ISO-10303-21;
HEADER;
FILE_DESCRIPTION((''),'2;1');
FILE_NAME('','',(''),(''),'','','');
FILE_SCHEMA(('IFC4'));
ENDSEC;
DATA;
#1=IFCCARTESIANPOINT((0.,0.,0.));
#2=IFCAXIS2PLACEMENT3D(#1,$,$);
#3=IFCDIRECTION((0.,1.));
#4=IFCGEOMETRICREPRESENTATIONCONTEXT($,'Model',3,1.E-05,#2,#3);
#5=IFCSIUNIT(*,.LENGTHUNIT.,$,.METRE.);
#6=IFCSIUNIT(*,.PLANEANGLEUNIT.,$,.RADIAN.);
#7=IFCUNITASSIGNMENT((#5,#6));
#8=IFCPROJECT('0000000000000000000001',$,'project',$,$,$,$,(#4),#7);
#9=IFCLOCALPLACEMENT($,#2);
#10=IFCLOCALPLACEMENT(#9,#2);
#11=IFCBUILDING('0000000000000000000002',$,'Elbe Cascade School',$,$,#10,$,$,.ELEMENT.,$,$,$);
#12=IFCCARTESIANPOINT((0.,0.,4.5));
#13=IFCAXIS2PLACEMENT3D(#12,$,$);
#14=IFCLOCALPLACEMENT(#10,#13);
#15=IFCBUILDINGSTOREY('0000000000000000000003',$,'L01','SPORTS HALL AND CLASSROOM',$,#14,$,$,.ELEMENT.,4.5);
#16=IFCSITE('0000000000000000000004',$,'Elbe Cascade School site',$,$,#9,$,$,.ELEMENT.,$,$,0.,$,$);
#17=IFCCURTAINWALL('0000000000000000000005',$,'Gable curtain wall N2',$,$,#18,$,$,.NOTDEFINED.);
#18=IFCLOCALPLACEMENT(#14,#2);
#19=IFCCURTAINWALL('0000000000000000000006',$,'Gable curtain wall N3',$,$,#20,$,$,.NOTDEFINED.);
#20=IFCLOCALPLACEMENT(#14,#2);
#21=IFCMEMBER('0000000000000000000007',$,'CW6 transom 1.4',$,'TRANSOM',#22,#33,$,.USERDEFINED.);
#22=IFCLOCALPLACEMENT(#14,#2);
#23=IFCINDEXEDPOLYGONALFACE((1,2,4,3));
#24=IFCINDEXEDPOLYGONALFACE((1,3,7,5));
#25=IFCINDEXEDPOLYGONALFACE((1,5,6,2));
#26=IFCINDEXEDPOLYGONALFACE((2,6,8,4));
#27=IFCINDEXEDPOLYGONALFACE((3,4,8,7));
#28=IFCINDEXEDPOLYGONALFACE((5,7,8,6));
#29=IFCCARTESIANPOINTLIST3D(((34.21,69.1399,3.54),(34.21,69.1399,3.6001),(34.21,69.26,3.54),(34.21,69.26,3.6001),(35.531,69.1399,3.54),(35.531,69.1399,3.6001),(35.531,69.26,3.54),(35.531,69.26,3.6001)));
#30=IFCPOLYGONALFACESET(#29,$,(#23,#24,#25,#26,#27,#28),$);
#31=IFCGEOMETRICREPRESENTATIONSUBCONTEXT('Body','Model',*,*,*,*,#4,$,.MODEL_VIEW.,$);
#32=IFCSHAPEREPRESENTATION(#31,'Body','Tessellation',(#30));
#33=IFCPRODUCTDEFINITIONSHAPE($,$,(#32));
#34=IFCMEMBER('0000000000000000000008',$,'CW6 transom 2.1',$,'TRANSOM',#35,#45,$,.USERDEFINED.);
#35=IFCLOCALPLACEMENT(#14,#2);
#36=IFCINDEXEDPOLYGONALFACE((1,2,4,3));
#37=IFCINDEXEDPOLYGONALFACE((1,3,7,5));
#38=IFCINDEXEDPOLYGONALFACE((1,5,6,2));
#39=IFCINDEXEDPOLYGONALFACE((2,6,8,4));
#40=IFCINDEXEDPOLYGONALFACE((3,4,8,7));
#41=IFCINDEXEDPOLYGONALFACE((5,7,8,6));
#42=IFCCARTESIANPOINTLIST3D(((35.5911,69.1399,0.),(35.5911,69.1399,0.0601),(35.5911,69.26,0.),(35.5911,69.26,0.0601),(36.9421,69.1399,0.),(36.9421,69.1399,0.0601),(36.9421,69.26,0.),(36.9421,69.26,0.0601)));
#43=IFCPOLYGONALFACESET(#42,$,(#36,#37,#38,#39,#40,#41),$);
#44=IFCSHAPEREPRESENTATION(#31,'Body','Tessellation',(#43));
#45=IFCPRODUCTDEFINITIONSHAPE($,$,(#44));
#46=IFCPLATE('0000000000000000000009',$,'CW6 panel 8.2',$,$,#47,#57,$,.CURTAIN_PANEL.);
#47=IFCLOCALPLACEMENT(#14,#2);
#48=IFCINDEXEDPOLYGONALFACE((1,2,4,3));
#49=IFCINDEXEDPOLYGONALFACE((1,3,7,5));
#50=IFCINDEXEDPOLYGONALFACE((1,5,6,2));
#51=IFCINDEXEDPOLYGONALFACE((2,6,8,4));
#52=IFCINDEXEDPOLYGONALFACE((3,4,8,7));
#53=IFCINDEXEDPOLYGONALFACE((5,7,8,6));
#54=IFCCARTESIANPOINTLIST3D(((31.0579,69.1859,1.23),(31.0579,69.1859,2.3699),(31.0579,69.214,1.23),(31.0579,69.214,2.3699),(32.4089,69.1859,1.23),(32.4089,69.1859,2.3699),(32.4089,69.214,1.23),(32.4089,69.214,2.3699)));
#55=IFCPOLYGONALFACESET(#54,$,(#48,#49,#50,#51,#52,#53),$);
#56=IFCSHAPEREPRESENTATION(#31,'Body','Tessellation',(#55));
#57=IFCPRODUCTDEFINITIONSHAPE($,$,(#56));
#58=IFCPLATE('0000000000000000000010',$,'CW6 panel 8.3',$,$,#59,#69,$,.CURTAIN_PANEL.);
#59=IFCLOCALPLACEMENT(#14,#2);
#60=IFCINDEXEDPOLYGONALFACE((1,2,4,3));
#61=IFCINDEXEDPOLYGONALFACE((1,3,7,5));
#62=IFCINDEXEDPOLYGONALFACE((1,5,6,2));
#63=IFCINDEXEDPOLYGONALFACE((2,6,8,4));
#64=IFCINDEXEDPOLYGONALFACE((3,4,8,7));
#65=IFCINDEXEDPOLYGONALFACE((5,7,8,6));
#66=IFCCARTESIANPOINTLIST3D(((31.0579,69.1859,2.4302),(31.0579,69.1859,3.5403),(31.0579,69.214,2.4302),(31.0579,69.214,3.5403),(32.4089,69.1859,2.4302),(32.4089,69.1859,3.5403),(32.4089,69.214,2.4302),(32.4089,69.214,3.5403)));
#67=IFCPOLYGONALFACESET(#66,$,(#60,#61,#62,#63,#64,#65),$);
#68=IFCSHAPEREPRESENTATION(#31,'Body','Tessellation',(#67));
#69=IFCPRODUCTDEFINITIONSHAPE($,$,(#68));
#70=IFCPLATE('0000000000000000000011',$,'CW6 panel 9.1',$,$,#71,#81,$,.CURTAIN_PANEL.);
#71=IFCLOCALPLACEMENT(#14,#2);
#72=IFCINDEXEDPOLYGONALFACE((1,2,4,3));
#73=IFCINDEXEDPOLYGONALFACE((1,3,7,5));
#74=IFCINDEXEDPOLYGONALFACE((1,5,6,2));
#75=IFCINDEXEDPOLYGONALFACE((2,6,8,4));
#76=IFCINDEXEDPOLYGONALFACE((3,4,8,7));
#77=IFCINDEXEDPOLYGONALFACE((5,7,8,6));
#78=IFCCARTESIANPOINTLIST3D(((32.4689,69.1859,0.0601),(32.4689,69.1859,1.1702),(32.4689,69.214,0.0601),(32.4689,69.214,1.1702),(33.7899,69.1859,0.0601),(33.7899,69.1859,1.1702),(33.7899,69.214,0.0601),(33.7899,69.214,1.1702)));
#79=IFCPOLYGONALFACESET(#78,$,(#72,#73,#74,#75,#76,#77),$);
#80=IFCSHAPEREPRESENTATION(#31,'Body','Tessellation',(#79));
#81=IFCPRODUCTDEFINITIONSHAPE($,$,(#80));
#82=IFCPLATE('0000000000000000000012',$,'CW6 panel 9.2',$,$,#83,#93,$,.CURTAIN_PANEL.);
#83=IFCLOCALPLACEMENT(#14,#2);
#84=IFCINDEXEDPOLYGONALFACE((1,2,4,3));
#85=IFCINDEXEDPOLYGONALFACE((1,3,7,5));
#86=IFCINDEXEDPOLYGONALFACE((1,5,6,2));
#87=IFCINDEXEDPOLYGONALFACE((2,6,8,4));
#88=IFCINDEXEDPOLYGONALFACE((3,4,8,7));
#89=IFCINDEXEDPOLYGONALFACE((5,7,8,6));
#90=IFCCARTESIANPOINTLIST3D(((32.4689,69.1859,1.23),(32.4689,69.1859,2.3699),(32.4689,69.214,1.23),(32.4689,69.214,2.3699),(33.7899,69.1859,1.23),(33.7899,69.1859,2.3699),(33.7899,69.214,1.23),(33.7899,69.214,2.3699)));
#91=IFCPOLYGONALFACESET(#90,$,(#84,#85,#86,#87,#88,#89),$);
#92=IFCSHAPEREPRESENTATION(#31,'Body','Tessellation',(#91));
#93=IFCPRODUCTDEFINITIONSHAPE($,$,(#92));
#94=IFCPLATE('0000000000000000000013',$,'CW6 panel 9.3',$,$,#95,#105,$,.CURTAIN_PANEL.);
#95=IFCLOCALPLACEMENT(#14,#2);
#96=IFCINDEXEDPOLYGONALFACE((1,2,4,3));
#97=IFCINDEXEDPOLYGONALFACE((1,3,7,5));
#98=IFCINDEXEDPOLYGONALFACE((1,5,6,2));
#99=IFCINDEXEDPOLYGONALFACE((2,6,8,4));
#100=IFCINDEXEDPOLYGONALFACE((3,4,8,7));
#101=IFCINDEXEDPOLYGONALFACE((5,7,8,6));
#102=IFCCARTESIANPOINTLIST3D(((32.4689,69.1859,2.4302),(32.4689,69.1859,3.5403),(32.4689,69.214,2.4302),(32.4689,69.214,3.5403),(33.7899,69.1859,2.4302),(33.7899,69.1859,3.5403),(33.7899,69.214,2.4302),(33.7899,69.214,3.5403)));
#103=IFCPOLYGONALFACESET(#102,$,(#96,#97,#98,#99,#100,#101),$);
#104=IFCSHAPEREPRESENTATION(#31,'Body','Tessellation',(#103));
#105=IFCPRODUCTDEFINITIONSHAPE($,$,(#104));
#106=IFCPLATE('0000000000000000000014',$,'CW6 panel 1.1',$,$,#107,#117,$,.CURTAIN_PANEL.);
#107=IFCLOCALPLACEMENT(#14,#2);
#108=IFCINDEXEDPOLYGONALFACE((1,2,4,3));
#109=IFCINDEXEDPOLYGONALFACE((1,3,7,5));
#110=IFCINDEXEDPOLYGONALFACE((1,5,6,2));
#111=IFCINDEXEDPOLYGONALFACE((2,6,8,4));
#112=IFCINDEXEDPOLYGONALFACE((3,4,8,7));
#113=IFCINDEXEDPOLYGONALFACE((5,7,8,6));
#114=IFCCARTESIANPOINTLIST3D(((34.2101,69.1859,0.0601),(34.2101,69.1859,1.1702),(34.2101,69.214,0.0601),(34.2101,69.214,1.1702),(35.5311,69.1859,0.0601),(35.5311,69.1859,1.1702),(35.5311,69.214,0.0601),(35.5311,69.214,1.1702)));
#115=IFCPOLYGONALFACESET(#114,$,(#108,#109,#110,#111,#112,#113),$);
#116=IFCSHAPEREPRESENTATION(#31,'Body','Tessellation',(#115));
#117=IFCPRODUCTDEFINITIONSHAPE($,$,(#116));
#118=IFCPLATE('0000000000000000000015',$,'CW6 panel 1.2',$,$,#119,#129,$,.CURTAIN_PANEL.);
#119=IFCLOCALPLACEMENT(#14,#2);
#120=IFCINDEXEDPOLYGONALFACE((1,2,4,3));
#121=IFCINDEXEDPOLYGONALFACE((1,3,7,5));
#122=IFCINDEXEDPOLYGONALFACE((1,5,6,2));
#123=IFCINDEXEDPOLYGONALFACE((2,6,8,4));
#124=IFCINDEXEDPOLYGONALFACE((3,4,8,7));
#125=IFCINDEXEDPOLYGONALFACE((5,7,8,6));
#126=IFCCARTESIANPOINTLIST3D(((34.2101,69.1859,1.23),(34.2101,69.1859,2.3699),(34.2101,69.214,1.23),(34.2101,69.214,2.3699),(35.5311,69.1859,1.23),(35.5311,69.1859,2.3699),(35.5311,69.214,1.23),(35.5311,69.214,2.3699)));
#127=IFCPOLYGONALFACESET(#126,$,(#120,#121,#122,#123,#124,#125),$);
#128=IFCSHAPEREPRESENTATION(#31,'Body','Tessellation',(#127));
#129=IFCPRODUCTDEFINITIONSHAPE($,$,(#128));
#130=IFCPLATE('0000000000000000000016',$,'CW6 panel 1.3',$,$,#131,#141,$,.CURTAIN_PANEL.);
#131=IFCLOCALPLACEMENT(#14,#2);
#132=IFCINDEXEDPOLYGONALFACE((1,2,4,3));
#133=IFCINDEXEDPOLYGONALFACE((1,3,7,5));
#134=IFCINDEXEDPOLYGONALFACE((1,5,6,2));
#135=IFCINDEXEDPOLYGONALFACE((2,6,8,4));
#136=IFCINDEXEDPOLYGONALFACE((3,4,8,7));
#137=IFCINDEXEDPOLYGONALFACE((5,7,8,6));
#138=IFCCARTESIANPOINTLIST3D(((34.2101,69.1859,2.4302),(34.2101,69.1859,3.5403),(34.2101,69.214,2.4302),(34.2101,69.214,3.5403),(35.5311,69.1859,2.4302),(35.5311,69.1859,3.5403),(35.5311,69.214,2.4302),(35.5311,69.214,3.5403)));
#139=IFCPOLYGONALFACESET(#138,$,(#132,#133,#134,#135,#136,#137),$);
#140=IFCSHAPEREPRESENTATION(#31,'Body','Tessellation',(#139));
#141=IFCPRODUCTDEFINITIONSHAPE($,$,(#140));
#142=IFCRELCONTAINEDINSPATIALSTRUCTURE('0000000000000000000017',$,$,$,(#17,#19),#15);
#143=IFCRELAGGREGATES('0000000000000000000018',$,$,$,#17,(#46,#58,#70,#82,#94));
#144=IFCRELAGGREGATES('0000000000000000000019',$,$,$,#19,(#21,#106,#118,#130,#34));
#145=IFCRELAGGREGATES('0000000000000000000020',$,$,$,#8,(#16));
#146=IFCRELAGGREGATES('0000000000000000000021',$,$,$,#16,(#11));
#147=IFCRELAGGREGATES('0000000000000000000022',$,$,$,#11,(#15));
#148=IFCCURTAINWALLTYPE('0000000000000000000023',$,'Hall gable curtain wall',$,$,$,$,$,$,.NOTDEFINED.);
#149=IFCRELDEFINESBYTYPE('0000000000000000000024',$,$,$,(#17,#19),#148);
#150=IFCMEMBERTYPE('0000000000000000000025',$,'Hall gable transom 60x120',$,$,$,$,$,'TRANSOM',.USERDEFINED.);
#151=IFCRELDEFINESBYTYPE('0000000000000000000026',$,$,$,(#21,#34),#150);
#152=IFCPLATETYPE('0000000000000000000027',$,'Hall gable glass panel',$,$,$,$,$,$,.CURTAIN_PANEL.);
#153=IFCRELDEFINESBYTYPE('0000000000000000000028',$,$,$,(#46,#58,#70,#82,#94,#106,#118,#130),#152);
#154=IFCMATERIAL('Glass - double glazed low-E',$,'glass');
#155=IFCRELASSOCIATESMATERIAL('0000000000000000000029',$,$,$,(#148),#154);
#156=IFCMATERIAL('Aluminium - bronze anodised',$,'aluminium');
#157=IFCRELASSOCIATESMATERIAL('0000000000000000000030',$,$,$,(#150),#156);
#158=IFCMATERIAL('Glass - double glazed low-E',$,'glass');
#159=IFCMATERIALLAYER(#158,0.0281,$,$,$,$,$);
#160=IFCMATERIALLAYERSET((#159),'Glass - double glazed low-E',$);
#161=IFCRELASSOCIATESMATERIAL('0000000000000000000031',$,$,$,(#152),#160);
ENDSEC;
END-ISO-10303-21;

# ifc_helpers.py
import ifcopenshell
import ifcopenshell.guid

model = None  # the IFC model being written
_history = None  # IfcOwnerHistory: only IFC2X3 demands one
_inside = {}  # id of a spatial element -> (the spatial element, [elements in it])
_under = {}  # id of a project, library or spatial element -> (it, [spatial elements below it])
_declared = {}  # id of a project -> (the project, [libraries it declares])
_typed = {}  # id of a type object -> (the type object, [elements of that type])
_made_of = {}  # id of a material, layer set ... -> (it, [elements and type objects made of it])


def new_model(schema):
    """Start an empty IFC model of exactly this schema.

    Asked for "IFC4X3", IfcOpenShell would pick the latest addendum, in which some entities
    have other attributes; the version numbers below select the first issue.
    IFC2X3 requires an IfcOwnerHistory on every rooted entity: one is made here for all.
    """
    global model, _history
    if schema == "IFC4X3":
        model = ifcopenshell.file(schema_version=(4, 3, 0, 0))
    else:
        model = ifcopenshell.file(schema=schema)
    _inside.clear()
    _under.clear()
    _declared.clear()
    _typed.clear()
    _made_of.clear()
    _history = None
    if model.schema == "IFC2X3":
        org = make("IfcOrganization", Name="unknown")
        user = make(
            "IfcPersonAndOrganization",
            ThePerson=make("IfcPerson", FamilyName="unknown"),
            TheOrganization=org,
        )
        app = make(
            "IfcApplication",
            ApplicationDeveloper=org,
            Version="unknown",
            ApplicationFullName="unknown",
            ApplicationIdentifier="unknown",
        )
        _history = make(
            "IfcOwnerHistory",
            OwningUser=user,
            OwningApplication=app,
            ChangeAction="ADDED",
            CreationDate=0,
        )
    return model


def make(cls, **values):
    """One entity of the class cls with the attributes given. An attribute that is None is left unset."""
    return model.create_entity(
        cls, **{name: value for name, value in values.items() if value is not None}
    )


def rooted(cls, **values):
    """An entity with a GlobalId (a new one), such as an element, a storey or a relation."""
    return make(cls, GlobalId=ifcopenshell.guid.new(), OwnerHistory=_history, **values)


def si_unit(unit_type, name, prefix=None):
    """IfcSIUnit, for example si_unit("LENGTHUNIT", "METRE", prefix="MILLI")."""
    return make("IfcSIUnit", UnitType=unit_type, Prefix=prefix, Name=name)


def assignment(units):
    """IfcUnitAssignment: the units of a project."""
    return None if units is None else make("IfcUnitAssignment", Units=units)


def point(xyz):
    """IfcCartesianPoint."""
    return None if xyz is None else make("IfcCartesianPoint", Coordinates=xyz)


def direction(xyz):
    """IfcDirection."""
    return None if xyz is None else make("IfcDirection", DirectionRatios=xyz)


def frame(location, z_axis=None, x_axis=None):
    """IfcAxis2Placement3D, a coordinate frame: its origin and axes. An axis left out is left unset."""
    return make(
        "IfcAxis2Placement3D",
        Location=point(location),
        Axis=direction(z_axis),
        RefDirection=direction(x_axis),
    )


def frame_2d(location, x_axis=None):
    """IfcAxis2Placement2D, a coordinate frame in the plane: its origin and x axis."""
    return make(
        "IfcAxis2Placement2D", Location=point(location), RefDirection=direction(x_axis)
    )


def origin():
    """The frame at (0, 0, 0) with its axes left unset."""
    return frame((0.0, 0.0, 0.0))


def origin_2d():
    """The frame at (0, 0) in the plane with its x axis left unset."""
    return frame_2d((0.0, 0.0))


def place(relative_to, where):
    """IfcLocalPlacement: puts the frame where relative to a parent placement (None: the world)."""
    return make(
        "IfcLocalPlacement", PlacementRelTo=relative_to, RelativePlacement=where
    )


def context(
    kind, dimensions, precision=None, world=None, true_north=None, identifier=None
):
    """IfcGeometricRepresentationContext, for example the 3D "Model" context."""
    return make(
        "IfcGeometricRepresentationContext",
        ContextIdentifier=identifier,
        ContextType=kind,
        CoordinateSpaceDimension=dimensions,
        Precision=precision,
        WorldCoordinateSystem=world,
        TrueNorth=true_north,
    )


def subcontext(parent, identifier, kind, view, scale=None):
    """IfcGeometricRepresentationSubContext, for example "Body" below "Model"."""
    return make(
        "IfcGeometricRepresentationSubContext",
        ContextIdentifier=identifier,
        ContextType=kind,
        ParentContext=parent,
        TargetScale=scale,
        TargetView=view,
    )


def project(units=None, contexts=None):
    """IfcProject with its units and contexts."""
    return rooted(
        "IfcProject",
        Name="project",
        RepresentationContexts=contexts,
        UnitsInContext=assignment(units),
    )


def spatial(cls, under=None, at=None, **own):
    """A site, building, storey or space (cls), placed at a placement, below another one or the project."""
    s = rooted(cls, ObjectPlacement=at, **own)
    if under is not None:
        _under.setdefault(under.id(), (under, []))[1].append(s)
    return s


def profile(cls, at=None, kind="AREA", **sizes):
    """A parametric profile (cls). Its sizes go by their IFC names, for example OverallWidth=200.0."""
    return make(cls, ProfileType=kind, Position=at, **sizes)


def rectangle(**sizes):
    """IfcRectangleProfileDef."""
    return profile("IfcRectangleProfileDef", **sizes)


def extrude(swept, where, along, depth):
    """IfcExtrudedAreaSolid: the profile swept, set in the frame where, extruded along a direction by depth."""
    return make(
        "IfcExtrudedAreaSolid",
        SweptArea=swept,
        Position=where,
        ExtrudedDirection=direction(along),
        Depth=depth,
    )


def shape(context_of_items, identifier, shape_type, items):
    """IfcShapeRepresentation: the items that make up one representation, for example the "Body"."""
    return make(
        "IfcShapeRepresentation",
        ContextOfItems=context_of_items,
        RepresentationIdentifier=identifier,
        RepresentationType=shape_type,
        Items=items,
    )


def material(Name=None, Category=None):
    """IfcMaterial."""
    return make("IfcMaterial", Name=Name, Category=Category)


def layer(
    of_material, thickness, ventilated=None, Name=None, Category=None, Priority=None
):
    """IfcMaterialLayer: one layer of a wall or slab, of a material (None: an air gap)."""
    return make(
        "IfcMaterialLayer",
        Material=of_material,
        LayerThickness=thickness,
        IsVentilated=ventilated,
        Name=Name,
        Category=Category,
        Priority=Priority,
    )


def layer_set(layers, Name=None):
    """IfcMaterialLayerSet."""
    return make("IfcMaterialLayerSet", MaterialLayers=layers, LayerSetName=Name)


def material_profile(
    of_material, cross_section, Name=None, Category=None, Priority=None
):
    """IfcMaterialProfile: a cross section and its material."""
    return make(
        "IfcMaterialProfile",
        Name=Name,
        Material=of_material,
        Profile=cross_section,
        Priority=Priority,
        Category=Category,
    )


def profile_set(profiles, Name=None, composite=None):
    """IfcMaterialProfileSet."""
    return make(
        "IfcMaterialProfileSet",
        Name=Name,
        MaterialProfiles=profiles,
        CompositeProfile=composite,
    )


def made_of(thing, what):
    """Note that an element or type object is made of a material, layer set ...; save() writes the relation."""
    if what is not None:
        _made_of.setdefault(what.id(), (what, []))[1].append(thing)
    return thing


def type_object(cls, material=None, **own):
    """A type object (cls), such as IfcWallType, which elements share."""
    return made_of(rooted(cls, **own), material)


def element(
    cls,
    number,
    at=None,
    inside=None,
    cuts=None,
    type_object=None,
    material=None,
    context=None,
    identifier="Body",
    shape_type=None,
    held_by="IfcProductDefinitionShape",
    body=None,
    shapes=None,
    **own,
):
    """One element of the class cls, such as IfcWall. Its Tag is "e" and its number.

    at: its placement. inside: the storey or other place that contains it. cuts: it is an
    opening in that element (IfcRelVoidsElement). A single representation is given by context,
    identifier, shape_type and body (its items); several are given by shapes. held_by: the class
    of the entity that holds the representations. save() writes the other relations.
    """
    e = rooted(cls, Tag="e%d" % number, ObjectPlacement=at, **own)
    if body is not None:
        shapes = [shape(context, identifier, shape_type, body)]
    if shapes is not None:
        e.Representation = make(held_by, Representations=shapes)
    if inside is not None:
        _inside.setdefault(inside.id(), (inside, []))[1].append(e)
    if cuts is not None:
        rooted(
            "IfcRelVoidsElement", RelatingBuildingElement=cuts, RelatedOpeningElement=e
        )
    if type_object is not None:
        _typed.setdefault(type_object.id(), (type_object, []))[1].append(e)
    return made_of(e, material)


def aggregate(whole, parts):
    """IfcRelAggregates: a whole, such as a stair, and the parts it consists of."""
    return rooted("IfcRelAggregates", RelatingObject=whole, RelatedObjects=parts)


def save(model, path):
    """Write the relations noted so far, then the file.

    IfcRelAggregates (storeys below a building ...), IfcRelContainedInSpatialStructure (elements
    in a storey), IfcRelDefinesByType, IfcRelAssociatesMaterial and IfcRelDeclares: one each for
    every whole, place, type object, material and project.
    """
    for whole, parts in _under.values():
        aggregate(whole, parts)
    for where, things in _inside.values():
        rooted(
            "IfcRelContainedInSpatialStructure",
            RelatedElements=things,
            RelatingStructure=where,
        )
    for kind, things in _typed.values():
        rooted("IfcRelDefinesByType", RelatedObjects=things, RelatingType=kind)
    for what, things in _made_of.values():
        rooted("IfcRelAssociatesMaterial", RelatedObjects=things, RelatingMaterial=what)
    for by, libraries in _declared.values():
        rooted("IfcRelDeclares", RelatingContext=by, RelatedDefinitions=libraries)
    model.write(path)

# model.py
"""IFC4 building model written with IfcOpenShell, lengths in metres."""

from ifc_helpers import new_model, si_unit, direction, frame, origin, origin_2d, place, context, subcontext, project, spatial, rectangle, extrude, material, layer, layer_set, material_profile, profile_set, type_object, element, aggregate, save


model = new_model("IFC4")

# Units and contexts
model_context = context("Model", 3, precision=1e-05, world=origin(), true_north=direction((0.0, 1.0)))
body_context = subcontext(model_context, "Body", "Model", "MODEL_VIEW")
ifc_project = project(units=[si_unit("LENGTHUNIT", "METRE"), si_unit("PLANEANGLEUNIT", "RADIAN")], contexts=[model_context])

# Site, building, storey
site_placement = place(None, origin())
site = spatial("IfcSite", under=ifc_project, at=site_placement, Name="Elbe Cascade School site", CompositionType="ELEMENT", RefElevation=0.0)
building_placement = place(site_placement, origin())
building = spatial("IfcBuilding", under=site, at=building_placement, Name="Elbe Cascade School", CompositionType="ELEMENT")
storey_placement = place(building_placement, frame((0.0, 0.0, 4.5)))
storey = spatial("IfcBuildingStorey", under=building, at=storey_placement, Name="L01", Description="SPORTS HALL AND CLASSROOM", CompositionType="ELEMENT", Elevation=4.5)

# Curtain walls
ifc_material_1 = material(Name="Glass - double glazed low-E", Category="glass")
curtain_wall_type = type_object("IfcCurtainWallType", Name="Hall gable curtain wall", PredefinedType="NOTDEFINED", material=ifc_material_1)
curtain_wall_1_placement = place(storey_placement, origin())
curtain_wall_1 = element("IfcCurtainWall", 1, at=curtain_wall_1_placement, inside=storey, type_object=curtain_wall_type, Name="Gable curtain wall N2", PredefinedType="NOTDEFINED")
curtain_wall_2_placement = place(storey_placement, origin())
curtain_wall_2 = element("IfcCurtainWall", 2, at=curtain_wall_2_placement, inside=storey, type_object=curtain_wall_type, Name="Gable curtain wall N3", PredefinedType="NOTDEFINED")

# Members
ifc_material_2 = material(Name="Aluminium - bronze anodised", Category="aluminium")
ifc_material_profile_1 = material_profile(ifc_material_2, rectangle(XDim=0.1201, YDim=0.0601, at=origin_2d()), Name="Alu 60x120")
ifc_profile_set_1 = profile_set([ifc_material_profile_1], Name="Aluminium - bronze anodised")
member_type_1 = type_object("IfcMemberType", Name="Hall gable transom 60x120", ElementType="TRANSOM", PredefinedType="USERDEFINED", material=ifc_profile_set_1)
member_1_placement = place(storey_placement, frame((34.21, 69.2, 3.5701), z_axis=(1.0, 0.0, 0.0), x_axis=(0.0, 1.0, 0.0)))
member_1 = element("IfcMember", 3, at=member_1_placement, type_object=member_type_1, Name="CW6 transom 1.4", ObjectType="TRANSOM", PredefinedType="USERDEFINED", context=body_context, shape_type="SweptSolid", body=[
    extrude(rectangle(XDim=0.1201, YDim=0.0601, at=origin_2d()), origin(), (0.0, 0.0, 1.0), 1.321),
])
member_2_placement = place(storey_placement, frame((35.5911, 69.2, 0.03), z_axis=(1.0, 0.0, 0.0), x_axis=(0.0, 1.0, 0.0)))
member_2 = element("IfcMember", 4, at=member_2_placement, type_object=member_type_1, Name="CW6 transom 2.1", ObjectType="TRANSOM", PredefinedType="USERDEFINED", context=body_context, shape_type="SweptSolid", body=[
    extrude(rectangle(XDim=0.1201, YDim=0.0601, at=origin_2d()), origin(), (0.0, 0.0, 1.0), 1.3511),
])

# Plates
ifc_material_3 = material(Name="Glass - double glazed low-E", Category="glass")
ifc_layer = layer(ifc_material_3, 0.0281)
ifc_layer_set = layer_set([ifc_layer], Name="Glass - double glazed low-E")
plate_type = type_object("IfcPlateType", Name="Hall gable glass panel", PredefinedType="CURTAIN_PANEL", material=ifc_layer_set)
plate_1_placement = place(storey_placement, frame((31.7334, 69.2, 1.23), z_axis=(0.0, 0.0, 1.0), x_axis=(1.0, 0.0, 0.0)))
plate_1 = element("IfcPlate", 5, at=plate_1_placement, type_object=plate_type, Name="CW6 panel 8.2", PredefinedType="CURTAIN_PANEL", context=body_context, shape_type="SweptSolid", body=[
    extrude(rectangle(XDim=1.3511, YDim=0.0281, at=origin_2d()), origin(), (0.0, 0.0, 1.0), 1.1399),
])
plate_2_placement = place(storey_placement, frame((31.7334, 69.2, 2.4302), z_axis=(0.0, 0.0, 1.0), x_axis=(1.0, 0.0, 0.0)))
plate_2 = element("IfcPlate", 6, at=plate_2_placement, type_object=plate_type, Name="CW6 panel 8.3", PredefinedType="CURTAIN_PANEL", context=body_context, shape_type="SweptSolid", body=[
    extrude(rectangle(XDim=1.3511, YDim=0.0281, at=origin_2d()), origin(), (0.0, 0.0, 1.0), 1.1101),
])
plate_3_placement = place(storey_placement, frame((33.1294, 69.2, 0.0601), z_axis=(0.0, 0.0, 1.0), x_axis=(1.0, 0.0, 0.0)))
plate_3 = element("IfcPlate", 7, at=plate_3_placement, type_object=plate_type, Name="CW6 panel 9.1", PredefinedType="CURTAIN_PANEL", context=body_context, shape_type="SweptSolid", body=[
    extrude(rectangle(XDim=1.321, YDim=0.0281, at=origin_2d()), origin(), (0.0, 0.0, 1.0), 1.1101),
])
plate_4_placement = place(storey_placement, frame((33.1294, 69.2, 1.23), z_axis=(0.0, 0.0, 1.0), x_axis=(1.0, 0.0, 0.0)))
plate_4 = element("IfcPlate", 8, at=plate_4_placement, type_object=plate_type, Name="CW6 panel 9.2", PredefinedType="CURTAIN_PANEL", context=body_context, shape_type="SweptSolid", body=[
    extrude(rectangle(XDim=1.321, YDim=0.0281, at=origin_2d()), origin(), (0.0, 0.0, 1.0), 1.1399),
])
plate_5_placement = place(storey_placement, frame((33.1294, 69.2, 2.4302), z_axis=(0.0, 0.0, 1.0), x_axis=(1.0, 0.0, 0.0)))
plate_5 = element("IfcPlate", 9, at=plate_5_placement, type_object=plate_type, Name="CW6 panel 9.3", PredefinedType="CURTAIN_PANEL", context=body_context, shape_type="SweptSolid", body=[
    extrude(rectangle(XDim=1.321, YDim=0.0281, at=origin_2d()), origin(), (0.0, 0.0, 1.0), 1.1101),
])
aggregate(curtain_wall_1, [plate_1, plate_2, plate_3, plate_4, plate_5])
plate_6_placement = place(storey_placement, frame((34.8706, 69.2, 0.0601), z_axis=(0.0, 0.0, 1.0), x_axis=(1.0, 0.0, 0.0)))
plate_6 = element("IfcPlate", 10, at=plate_6_placement, type_object=plate_type, Name="CW6 panel 1.1", PredefinedType="CURTAIN_PANEL", context=body_context, shape_type="SweptSolid", body=[
    extrude(rectangle(XDim=1.321, YDim=0.0281, at=origin_2d()), origin(), (0.0, 0.0, 1.0), 1.1101),
])
plate_7_placement = place(storey_placement, frame((34.8706, 69.2, 1.23), z_axis=(0.0, 0.0, 1.0), x_axis=(1.0, 0.0, 0.0)))
plate_7 = element("IfcPlate", 11, at=plate_7_placement, type_object=plate_type, Name="CW6 panel 1.2", PredefinedType="CURTAIN_PANEL", context=body_context, shape_type="SweptSolid", body=[
    extrude(rectangle(XDim=1.321, YDim=0.0281, at=origin_2d()), origin(), (0.0, 0.0, 1.0), 1.1399),
])
plate_8_placement = place(storey_placement, frame((34.8706, 69.2, 2.4302), z_axis=(0.0, 0.0, 1.0), x_axis=(1.0, 0.0, 0.0)))
plate_8 = element("IfcPlate", 12, at=plate_8_placement, type_object=plate_type, Name="CW6 panel 1.3", PredefinedType="CURTAIN_PANEL", context=body_context, shape_type="SweptSolid", body=[
    extrude(rectangle(XDim=1.321, YDim=0.0281, at=origin_2d()), origin(), (0.0, 0.0, 1.0), 1.1101),
])
aggregate(curtain_wall_2, [member_1, plate_6, plate_7, plate_8, member_2])

save(model, "model.ifc")
